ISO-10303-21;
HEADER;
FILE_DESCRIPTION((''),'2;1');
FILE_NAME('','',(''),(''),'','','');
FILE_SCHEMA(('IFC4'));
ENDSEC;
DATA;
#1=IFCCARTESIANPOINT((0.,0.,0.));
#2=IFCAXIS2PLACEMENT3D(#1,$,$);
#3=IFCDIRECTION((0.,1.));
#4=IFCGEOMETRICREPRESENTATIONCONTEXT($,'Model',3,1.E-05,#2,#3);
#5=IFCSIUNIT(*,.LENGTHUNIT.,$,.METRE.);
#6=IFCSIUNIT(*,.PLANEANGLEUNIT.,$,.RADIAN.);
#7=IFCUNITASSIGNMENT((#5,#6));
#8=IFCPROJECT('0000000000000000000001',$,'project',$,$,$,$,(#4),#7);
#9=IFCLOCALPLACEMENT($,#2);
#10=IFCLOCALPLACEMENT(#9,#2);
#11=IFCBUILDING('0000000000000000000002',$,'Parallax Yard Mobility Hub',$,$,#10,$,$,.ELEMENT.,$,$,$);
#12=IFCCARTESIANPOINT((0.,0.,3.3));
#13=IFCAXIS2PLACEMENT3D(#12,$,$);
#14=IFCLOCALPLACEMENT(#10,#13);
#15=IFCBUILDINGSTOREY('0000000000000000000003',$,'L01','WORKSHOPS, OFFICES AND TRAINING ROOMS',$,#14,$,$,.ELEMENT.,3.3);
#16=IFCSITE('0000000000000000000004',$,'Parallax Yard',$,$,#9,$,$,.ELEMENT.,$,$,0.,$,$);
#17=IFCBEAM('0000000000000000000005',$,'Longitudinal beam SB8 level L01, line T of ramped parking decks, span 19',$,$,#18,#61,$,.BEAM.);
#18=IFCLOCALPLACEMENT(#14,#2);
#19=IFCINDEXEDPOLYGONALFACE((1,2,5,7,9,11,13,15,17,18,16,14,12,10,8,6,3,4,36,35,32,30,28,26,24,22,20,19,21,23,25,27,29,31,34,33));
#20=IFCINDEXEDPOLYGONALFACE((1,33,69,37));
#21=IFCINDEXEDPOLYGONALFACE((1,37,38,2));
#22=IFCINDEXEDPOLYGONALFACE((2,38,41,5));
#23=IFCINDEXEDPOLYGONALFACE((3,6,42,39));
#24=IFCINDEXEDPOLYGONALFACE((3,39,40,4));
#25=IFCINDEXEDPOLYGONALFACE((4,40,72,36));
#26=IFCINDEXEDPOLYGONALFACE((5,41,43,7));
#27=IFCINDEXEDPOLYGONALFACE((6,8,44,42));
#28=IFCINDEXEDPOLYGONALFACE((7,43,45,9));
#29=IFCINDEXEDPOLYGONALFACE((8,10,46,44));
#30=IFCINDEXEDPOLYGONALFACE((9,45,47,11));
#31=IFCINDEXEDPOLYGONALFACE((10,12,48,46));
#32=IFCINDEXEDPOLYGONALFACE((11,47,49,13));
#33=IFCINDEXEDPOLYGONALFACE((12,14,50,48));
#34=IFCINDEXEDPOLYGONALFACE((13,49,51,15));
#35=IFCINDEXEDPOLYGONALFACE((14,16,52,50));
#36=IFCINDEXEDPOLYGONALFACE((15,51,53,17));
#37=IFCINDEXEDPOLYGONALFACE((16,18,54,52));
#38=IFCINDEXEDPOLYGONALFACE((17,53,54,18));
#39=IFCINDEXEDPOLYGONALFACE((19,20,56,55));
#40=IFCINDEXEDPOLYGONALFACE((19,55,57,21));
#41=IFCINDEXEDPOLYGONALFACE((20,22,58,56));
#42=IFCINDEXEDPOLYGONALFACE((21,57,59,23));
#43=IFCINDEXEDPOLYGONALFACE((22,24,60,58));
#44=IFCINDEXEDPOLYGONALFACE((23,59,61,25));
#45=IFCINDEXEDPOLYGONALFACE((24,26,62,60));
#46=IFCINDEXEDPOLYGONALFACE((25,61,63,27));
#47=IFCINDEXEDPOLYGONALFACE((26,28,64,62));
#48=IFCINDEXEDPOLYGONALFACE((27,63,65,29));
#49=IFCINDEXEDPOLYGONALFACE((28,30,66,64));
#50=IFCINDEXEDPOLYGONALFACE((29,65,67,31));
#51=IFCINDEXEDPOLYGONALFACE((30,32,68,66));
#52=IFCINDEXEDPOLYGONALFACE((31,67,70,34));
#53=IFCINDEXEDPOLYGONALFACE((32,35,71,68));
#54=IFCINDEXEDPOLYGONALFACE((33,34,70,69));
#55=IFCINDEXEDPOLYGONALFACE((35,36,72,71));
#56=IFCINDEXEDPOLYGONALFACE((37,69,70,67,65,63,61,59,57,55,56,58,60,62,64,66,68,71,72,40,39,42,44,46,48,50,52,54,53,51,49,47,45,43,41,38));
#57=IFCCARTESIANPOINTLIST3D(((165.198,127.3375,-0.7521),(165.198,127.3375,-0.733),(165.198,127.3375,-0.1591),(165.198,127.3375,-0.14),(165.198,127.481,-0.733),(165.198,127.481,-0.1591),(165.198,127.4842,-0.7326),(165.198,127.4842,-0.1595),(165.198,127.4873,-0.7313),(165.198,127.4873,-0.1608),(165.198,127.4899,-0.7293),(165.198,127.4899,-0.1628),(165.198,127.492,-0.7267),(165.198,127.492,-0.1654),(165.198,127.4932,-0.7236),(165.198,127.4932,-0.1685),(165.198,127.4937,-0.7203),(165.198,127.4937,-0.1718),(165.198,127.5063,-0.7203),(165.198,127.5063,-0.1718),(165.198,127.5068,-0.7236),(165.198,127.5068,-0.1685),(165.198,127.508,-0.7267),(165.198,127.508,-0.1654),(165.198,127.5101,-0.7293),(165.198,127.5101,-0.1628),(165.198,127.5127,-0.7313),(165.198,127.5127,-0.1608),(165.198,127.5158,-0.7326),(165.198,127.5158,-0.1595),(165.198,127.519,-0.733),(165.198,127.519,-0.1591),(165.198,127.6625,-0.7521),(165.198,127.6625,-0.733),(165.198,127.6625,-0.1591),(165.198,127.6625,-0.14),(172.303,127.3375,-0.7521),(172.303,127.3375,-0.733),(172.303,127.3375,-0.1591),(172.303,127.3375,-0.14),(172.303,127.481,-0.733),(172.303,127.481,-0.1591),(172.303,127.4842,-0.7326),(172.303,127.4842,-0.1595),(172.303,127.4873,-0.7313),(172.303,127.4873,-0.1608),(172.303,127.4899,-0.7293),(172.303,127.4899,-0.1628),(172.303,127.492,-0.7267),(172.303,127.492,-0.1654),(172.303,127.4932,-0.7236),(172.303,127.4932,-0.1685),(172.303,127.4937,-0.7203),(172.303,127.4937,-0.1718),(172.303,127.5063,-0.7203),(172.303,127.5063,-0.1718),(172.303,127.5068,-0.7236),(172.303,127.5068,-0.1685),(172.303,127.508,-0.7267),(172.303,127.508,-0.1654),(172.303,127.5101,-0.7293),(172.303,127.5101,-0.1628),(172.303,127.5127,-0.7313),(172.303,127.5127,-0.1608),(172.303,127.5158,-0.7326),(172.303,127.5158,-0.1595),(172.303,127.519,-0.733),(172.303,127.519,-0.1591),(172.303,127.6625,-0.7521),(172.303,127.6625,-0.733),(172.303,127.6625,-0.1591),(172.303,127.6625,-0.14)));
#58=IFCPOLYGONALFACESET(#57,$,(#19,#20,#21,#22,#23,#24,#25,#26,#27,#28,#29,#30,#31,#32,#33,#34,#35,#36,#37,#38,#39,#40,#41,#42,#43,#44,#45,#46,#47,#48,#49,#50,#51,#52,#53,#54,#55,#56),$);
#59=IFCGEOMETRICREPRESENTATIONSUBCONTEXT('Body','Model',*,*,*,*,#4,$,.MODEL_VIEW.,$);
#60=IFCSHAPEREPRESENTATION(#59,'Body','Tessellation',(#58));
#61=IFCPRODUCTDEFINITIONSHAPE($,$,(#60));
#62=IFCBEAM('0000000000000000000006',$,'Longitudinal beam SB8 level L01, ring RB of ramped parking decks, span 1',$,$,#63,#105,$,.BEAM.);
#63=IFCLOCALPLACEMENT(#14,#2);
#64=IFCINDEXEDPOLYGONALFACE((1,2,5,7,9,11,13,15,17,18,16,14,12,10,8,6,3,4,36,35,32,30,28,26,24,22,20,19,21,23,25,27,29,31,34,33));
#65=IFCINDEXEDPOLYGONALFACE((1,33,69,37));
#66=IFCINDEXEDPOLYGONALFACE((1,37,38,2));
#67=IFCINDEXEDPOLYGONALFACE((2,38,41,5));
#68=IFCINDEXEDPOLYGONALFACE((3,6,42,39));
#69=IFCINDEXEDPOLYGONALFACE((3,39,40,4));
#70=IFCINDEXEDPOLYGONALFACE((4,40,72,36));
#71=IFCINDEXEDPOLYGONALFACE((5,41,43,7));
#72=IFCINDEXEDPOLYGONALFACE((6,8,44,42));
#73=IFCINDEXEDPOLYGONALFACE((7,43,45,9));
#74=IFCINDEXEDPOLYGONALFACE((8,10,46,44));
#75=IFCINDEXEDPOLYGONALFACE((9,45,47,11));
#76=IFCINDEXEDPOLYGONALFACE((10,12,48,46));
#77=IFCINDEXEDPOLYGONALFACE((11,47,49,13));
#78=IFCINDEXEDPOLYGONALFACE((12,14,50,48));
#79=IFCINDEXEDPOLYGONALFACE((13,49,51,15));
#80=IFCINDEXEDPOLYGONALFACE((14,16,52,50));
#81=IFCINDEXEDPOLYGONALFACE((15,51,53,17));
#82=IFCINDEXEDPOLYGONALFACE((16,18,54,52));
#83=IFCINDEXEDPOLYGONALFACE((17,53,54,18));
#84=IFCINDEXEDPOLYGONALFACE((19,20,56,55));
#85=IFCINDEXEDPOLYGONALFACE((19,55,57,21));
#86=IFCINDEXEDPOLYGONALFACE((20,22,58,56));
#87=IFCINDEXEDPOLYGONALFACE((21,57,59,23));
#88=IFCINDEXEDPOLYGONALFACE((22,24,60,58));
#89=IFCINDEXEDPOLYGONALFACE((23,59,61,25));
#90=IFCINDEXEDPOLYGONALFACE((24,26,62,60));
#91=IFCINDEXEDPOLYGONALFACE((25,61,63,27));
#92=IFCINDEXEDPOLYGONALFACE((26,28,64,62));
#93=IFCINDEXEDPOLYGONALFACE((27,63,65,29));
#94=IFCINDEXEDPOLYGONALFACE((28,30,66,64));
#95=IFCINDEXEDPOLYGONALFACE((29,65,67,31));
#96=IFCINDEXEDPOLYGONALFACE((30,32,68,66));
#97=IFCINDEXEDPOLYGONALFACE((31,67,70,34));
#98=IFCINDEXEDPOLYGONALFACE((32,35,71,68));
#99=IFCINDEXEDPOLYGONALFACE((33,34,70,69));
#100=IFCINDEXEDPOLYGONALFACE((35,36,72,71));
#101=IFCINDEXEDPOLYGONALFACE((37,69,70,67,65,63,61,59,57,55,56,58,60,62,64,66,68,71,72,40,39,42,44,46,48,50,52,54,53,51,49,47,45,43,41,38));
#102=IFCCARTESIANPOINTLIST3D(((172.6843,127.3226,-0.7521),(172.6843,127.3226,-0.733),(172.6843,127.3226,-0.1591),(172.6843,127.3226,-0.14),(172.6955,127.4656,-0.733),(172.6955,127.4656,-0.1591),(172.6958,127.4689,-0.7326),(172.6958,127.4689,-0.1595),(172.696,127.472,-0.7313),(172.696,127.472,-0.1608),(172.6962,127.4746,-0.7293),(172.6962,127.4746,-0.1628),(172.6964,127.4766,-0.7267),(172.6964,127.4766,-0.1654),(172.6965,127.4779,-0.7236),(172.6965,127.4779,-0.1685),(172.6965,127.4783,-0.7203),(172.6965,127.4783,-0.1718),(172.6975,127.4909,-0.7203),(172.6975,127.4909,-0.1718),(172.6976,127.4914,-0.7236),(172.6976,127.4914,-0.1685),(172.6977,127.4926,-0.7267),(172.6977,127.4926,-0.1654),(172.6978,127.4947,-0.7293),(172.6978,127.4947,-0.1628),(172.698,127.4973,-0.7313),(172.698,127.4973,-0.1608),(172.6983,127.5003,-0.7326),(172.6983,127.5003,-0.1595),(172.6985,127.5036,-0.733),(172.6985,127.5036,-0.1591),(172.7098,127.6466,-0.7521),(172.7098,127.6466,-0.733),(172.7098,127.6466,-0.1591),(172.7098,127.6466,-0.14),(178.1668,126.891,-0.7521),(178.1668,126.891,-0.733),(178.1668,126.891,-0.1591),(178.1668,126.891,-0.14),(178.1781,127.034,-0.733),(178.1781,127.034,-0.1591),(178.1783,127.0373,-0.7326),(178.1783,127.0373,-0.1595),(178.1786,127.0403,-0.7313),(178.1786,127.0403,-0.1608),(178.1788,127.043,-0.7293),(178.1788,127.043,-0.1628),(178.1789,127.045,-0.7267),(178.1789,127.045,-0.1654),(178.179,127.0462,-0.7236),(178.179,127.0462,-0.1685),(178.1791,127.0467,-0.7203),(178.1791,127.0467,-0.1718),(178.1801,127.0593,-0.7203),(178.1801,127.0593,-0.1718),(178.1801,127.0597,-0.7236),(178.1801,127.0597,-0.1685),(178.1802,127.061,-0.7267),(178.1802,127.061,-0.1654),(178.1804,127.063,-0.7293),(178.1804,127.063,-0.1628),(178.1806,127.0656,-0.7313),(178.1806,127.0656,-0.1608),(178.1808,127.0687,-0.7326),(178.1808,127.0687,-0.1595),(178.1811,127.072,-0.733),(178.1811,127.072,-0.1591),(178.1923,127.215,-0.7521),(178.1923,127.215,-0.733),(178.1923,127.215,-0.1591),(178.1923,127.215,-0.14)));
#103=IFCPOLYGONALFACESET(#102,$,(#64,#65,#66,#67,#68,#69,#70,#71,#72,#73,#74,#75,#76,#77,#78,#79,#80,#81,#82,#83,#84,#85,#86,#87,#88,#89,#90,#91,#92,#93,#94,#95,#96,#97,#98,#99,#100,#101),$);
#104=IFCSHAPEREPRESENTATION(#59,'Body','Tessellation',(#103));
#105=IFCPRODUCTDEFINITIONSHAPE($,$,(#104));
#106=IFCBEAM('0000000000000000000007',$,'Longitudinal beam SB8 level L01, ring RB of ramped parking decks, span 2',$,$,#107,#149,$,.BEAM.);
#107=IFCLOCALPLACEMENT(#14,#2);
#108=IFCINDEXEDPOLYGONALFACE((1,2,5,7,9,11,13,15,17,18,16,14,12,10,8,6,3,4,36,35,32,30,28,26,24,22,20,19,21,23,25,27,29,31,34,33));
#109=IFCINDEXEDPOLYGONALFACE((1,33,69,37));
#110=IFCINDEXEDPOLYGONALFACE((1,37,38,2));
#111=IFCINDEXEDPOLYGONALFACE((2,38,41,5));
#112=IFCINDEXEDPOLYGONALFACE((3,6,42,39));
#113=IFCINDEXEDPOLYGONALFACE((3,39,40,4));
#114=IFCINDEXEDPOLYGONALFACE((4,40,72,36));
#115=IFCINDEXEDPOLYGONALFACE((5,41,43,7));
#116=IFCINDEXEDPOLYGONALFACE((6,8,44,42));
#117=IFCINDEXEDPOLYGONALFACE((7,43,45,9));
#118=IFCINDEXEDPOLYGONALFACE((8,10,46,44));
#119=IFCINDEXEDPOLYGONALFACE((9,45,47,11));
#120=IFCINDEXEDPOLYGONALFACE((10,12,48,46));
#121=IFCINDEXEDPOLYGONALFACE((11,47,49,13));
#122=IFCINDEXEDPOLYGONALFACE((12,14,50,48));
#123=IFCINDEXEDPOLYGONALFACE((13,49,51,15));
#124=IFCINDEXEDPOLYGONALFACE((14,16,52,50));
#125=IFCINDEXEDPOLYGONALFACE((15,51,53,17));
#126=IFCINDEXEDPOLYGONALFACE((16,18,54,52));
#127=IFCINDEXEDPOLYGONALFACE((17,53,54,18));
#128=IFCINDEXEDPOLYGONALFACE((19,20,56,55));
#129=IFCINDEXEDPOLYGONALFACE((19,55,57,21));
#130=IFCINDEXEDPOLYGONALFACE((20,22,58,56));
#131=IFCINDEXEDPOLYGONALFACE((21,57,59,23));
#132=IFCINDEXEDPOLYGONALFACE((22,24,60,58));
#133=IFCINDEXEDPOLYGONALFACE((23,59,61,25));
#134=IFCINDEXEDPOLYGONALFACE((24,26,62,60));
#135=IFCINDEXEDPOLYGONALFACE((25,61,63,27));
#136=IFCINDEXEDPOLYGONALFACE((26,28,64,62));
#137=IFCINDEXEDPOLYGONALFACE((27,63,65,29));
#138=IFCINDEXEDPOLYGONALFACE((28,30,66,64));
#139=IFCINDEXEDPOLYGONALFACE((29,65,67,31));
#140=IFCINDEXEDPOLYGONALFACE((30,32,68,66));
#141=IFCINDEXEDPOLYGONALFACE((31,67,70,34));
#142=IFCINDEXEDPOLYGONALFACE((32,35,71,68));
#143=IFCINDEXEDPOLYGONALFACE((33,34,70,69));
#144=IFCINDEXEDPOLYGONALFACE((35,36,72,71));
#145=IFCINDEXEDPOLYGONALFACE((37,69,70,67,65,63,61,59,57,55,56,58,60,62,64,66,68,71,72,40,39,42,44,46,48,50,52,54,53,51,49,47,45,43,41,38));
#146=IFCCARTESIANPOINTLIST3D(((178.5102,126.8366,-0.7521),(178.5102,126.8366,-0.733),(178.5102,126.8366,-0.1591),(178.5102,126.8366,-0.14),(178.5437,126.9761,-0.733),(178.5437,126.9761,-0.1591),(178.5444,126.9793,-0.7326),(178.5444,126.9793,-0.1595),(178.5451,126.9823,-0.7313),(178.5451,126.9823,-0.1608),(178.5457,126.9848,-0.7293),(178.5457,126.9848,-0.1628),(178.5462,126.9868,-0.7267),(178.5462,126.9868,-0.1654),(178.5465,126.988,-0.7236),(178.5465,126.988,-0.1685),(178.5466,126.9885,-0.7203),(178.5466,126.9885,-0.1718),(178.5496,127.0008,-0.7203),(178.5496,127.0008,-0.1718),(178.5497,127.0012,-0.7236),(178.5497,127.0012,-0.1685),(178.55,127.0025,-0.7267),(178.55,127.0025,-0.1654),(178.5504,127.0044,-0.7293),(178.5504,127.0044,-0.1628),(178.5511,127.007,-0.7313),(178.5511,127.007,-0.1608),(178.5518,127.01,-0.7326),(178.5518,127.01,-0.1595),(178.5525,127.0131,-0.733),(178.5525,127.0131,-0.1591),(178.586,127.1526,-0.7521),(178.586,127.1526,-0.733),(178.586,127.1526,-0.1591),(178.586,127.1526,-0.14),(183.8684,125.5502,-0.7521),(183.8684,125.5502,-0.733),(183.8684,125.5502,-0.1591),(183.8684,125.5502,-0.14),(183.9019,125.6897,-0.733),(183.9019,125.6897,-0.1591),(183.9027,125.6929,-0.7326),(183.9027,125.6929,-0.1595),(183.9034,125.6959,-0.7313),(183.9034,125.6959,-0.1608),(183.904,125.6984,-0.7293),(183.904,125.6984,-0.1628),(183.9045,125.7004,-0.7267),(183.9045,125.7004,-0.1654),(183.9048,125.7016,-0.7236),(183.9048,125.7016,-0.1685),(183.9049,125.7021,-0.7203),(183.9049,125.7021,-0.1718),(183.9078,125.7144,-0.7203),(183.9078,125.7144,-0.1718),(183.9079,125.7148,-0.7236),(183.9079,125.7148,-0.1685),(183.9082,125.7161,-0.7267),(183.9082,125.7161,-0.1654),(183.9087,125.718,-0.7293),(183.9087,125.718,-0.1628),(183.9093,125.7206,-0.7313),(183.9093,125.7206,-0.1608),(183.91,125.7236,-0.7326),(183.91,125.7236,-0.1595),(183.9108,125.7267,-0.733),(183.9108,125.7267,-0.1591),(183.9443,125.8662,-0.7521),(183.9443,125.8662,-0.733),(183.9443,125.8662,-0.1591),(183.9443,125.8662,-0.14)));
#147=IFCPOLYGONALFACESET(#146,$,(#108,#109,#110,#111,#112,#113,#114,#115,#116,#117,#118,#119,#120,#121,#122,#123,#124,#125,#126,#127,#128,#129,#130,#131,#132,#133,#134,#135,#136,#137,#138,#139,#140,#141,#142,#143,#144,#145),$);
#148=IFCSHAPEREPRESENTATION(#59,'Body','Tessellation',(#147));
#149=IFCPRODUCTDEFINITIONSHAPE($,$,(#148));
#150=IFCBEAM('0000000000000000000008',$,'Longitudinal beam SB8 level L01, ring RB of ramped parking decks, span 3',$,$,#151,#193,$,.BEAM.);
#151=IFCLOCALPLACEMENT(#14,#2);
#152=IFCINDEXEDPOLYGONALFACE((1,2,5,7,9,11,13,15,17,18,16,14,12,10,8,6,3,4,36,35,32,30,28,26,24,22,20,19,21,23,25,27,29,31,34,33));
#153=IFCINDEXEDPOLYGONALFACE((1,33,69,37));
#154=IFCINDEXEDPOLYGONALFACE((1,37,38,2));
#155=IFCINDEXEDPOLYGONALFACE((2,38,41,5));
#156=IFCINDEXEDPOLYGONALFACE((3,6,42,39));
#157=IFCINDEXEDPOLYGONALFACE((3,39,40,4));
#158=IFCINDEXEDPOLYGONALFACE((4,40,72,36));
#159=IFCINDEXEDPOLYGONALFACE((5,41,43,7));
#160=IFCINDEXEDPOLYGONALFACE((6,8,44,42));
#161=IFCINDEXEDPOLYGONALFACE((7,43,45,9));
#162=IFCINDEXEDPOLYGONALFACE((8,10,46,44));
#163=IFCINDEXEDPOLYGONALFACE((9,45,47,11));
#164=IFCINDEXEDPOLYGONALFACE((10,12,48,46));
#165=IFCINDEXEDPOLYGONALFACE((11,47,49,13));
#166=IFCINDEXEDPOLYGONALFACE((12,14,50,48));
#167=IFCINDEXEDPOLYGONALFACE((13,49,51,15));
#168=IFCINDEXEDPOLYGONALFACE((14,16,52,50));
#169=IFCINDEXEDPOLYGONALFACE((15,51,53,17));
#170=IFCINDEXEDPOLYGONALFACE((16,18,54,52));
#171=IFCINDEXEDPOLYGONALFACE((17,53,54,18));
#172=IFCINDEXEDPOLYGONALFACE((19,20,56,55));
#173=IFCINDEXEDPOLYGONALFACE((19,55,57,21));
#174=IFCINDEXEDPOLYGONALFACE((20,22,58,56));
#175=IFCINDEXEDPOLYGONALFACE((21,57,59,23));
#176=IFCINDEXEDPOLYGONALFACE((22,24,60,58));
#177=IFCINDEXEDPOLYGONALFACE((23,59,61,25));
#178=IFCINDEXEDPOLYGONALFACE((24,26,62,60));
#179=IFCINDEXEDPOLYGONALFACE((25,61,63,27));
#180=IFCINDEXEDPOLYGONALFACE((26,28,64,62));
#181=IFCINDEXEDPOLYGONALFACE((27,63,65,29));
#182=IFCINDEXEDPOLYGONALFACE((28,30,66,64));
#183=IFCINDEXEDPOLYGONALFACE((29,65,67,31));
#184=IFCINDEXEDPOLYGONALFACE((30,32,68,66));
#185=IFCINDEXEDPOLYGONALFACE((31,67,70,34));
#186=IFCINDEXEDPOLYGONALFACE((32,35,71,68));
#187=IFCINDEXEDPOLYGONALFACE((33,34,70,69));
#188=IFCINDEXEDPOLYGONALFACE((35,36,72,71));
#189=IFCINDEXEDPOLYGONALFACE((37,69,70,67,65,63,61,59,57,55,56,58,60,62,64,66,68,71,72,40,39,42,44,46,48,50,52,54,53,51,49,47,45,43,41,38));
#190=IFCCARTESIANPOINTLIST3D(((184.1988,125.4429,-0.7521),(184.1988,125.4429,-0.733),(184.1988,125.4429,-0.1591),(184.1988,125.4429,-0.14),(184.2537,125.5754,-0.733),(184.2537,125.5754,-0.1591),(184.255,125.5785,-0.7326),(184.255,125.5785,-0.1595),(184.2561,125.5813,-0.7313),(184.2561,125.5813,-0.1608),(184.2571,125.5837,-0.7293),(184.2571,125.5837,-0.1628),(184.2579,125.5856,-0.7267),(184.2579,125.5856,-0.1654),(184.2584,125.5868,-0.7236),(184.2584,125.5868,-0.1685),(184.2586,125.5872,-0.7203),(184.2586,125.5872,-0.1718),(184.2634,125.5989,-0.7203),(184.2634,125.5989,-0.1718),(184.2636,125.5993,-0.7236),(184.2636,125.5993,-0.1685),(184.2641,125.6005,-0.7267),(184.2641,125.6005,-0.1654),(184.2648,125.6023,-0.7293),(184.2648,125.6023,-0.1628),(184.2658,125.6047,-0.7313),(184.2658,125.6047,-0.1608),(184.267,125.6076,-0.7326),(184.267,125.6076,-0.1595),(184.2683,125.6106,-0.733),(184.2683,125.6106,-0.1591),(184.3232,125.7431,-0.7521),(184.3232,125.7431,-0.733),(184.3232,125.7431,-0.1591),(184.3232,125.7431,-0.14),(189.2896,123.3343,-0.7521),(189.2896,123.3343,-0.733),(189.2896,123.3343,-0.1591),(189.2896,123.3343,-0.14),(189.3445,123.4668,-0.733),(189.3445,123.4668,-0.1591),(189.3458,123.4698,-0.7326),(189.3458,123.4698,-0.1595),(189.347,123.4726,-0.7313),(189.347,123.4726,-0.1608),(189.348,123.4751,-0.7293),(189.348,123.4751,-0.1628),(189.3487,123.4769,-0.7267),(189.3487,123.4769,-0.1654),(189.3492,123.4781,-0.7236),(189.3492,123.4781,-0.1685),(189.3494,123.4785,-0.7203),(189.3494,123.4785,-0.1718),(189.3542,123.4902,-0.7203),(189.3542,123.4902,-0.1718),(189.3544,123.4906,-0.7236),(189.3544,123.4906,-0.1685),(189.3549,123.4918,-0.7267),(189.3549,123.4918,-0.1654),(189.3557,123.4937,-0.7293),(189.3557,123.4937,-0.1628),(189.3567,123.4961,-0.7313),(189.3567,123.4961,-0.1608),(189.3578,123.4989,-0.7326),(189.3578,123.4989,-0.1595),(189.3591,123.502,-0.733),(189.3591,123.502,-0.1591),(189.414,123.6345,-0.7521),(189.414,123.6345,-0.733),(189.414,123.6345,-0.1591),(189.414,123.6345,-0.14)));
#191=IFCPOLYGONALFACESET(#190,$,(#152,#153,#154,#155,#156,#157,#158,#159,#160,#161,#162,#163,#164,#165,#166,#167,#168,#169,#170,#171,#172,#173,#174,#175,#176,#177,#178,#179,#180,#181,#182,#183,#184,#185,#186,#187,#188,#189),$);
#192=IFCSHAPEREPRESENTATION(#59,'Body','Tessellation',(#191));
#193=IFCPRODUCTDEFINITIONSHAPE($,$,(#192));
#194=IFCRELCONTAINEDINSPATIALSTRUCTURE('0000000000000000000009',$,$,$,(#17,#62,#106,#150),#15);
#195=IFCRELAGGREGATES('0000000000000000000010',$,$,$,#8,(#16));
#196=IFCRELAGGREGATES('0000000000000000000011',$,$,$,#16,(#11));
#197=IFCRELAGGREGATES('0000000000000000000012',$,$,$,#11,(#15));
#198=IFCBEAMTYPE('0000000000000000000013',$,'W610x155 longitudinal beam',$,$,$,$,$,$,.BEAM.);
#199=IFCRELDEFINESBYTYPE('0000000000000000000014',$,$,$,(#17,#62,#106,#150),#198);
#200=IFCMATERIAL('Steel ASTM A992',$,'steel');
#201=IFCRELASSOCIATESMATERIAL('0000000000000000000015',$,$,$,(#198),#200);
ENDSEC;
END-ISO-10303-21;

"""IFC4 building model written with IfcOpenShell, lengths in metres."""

from ifc_helpers import new_model, si_unit, direction, frame, origin, origin_2d, place, context, subcontext, project, spatial, i_section, extrude, material, material_profile, profile_set, type_object, element, save


model = new_model("IFC4")

# Units and contexts
model_context = context("Model", 3, precision=1e-05, world=origin(), true_north=direction((0.0, 1.0)))
body_context = subcontext(model_context, "Body", "Model", "MODEL_VIEW")
ifc_project = project(units=[si_unit("LENGTHUNIT", "METRE"), si_unit("PLANEANGLEUNIT", "RADIAN")], contexts=[model_context])

# Site, building, storey
site_placement = place(None, origin())
site = spatial("IfcSite", under=ifc_project, at=site_placement, Name="Parallax Yard", CompositionType="ELEMENT", RefElevation=0.0)
building_placement = place(site_placement, origin())
building = spatial("IfcBuilding", under=site, at=building_placement, Name="Parallax Yard Mobility Hub", CompositionType="ELEMENT")
storey_placement = place(building_placement, frame((0.0, 0.0, 3.3)))
storey = spatial("IfcBuildingStorey", under=building, at=storey_placement, Name="L01", Description="WORKSHOPS, OFFICES AND TRAINING ROOMS", CompositionType="ELEMENT", Elevation=3.3)

# Shared definitions
ifc_material_1 = material(Name="Steel ASTM A992", Category="steel")

# Beams
ifc_material_profile_1 = material_profile(ifc_material_1, i_section(OverallWidth=0.325, OverallDepth=0.6121, WebThickness=0.0127, FlangeThickness=0.019, FilletRadius=0.0127, at=origin_2d()), Name="W610x155")
ifc_profile_set_1 = profile_set([ifc_material_profile_1], Name="Steel ASTM A992")
beam_type_1 = type_object("IfcBeamType", Name="W610x155 longitudinal beam", PredefinedType="BEAM", material=ifc_profile_set_1)
beam_1_placement = place(storey_placement, frame((165.198, 127.5, -0.446), z_axis=(1.0, 0.0, 0.0), x_axis=(0.0, 1.0, 0.0)))
element("IfcBeam", 1, at=beam_1_placement, inside=storey, type_object=beam_type_1, Name="Longitudinal beam SB8 level L01, line T of ramped parking decks, span 19", PredefinedType="BEAM", context=body_context, shape_type="SweptSolid", body=[
    extrude(i_section(OverallWidth=0.325, OverallDepth=0.6121, WebThickness=0.0127, FlangeThickness=0.019, FilletRadius=0.0127, at=origin_2d()), origin(), (0.0, 0.0, 1.0), 7.105),
])
beam_2_placement = place(storey_placement, frame((172.697, 127.4846, -0.446), z_axis=(0.996915, -0.078485, 0.0), x_axis=(0.078485, 0.996915, 0.0)))
element("IfcBeam", 2, at=beam_2_placement, inside=storey, type_object=beam_type_1, Name="Longitudinal beam SB8 level L01, ring RB of ramped parking decks, span 1", PredefinedType="BEAM", context=body_context, shape_type="SweptSolid", body=[
    extrude(i_section(OverallWidth=0.325, OverallDepth=0.6121, WebThickness=0.0127, FlangeThickness=0.019, FilletRadius=0.0127, at=origin_2d()), origin(), (0.0, 0.0, 1.0), 5.4995),
])
beam_3_placement = place(storey_placement, frame((178.5481, 126.9946, -0.446), z_axis=(0.97237, -0.233445, 0.0), x_axis=(0.233445, 0.97237, 0.0)))
element("IfcBeam", 3, at=beam_3_placement, inside=storey, type_object=beam_type_1, Name="Longitudinal beam SB8 level L01, ring RB of ramped parking decks, span 2", PredefinedType="BEAM", context=body_context, shape_type="SweptSolid", body=[
    extrude(i_section(OverallWidth=0.325, OverallDepth=0.6121, WebThickness=0.0127, FlangeThickness=0.019, FilletRadius=0.0127, at=origin_2d()), origin(), (0.0, 0.0, 1.0), 5.5105),
])
beam_4_placement = place(storey_placement, frame((184.261, 125.593, -0.446), z_axis=(0.923882, -0.382677, 0.0), x_axis=(0.382677, 0.923882, 0.0)))
element("IfcBeam", 4, at=beam_4_placement, inside=storey, type_object=beam_type_1, Name="Longitudinal beam SB8 level L01, ring RB of ramped parking decks, span 3", PredefinedType="BEAM", context=body_context, shape_type="SweptSolid", body=[
    extrude(i_section(OverallWidth=0.325, OverallDepth=0.6121, WebThickness=0.0127, FlangeThickness=0.019, FilletRadius=0.0127, at=origin_2d()), origin(), (0.0, 0.0, 1.0), 5.5103),
])

save(model, "model.ifc")
